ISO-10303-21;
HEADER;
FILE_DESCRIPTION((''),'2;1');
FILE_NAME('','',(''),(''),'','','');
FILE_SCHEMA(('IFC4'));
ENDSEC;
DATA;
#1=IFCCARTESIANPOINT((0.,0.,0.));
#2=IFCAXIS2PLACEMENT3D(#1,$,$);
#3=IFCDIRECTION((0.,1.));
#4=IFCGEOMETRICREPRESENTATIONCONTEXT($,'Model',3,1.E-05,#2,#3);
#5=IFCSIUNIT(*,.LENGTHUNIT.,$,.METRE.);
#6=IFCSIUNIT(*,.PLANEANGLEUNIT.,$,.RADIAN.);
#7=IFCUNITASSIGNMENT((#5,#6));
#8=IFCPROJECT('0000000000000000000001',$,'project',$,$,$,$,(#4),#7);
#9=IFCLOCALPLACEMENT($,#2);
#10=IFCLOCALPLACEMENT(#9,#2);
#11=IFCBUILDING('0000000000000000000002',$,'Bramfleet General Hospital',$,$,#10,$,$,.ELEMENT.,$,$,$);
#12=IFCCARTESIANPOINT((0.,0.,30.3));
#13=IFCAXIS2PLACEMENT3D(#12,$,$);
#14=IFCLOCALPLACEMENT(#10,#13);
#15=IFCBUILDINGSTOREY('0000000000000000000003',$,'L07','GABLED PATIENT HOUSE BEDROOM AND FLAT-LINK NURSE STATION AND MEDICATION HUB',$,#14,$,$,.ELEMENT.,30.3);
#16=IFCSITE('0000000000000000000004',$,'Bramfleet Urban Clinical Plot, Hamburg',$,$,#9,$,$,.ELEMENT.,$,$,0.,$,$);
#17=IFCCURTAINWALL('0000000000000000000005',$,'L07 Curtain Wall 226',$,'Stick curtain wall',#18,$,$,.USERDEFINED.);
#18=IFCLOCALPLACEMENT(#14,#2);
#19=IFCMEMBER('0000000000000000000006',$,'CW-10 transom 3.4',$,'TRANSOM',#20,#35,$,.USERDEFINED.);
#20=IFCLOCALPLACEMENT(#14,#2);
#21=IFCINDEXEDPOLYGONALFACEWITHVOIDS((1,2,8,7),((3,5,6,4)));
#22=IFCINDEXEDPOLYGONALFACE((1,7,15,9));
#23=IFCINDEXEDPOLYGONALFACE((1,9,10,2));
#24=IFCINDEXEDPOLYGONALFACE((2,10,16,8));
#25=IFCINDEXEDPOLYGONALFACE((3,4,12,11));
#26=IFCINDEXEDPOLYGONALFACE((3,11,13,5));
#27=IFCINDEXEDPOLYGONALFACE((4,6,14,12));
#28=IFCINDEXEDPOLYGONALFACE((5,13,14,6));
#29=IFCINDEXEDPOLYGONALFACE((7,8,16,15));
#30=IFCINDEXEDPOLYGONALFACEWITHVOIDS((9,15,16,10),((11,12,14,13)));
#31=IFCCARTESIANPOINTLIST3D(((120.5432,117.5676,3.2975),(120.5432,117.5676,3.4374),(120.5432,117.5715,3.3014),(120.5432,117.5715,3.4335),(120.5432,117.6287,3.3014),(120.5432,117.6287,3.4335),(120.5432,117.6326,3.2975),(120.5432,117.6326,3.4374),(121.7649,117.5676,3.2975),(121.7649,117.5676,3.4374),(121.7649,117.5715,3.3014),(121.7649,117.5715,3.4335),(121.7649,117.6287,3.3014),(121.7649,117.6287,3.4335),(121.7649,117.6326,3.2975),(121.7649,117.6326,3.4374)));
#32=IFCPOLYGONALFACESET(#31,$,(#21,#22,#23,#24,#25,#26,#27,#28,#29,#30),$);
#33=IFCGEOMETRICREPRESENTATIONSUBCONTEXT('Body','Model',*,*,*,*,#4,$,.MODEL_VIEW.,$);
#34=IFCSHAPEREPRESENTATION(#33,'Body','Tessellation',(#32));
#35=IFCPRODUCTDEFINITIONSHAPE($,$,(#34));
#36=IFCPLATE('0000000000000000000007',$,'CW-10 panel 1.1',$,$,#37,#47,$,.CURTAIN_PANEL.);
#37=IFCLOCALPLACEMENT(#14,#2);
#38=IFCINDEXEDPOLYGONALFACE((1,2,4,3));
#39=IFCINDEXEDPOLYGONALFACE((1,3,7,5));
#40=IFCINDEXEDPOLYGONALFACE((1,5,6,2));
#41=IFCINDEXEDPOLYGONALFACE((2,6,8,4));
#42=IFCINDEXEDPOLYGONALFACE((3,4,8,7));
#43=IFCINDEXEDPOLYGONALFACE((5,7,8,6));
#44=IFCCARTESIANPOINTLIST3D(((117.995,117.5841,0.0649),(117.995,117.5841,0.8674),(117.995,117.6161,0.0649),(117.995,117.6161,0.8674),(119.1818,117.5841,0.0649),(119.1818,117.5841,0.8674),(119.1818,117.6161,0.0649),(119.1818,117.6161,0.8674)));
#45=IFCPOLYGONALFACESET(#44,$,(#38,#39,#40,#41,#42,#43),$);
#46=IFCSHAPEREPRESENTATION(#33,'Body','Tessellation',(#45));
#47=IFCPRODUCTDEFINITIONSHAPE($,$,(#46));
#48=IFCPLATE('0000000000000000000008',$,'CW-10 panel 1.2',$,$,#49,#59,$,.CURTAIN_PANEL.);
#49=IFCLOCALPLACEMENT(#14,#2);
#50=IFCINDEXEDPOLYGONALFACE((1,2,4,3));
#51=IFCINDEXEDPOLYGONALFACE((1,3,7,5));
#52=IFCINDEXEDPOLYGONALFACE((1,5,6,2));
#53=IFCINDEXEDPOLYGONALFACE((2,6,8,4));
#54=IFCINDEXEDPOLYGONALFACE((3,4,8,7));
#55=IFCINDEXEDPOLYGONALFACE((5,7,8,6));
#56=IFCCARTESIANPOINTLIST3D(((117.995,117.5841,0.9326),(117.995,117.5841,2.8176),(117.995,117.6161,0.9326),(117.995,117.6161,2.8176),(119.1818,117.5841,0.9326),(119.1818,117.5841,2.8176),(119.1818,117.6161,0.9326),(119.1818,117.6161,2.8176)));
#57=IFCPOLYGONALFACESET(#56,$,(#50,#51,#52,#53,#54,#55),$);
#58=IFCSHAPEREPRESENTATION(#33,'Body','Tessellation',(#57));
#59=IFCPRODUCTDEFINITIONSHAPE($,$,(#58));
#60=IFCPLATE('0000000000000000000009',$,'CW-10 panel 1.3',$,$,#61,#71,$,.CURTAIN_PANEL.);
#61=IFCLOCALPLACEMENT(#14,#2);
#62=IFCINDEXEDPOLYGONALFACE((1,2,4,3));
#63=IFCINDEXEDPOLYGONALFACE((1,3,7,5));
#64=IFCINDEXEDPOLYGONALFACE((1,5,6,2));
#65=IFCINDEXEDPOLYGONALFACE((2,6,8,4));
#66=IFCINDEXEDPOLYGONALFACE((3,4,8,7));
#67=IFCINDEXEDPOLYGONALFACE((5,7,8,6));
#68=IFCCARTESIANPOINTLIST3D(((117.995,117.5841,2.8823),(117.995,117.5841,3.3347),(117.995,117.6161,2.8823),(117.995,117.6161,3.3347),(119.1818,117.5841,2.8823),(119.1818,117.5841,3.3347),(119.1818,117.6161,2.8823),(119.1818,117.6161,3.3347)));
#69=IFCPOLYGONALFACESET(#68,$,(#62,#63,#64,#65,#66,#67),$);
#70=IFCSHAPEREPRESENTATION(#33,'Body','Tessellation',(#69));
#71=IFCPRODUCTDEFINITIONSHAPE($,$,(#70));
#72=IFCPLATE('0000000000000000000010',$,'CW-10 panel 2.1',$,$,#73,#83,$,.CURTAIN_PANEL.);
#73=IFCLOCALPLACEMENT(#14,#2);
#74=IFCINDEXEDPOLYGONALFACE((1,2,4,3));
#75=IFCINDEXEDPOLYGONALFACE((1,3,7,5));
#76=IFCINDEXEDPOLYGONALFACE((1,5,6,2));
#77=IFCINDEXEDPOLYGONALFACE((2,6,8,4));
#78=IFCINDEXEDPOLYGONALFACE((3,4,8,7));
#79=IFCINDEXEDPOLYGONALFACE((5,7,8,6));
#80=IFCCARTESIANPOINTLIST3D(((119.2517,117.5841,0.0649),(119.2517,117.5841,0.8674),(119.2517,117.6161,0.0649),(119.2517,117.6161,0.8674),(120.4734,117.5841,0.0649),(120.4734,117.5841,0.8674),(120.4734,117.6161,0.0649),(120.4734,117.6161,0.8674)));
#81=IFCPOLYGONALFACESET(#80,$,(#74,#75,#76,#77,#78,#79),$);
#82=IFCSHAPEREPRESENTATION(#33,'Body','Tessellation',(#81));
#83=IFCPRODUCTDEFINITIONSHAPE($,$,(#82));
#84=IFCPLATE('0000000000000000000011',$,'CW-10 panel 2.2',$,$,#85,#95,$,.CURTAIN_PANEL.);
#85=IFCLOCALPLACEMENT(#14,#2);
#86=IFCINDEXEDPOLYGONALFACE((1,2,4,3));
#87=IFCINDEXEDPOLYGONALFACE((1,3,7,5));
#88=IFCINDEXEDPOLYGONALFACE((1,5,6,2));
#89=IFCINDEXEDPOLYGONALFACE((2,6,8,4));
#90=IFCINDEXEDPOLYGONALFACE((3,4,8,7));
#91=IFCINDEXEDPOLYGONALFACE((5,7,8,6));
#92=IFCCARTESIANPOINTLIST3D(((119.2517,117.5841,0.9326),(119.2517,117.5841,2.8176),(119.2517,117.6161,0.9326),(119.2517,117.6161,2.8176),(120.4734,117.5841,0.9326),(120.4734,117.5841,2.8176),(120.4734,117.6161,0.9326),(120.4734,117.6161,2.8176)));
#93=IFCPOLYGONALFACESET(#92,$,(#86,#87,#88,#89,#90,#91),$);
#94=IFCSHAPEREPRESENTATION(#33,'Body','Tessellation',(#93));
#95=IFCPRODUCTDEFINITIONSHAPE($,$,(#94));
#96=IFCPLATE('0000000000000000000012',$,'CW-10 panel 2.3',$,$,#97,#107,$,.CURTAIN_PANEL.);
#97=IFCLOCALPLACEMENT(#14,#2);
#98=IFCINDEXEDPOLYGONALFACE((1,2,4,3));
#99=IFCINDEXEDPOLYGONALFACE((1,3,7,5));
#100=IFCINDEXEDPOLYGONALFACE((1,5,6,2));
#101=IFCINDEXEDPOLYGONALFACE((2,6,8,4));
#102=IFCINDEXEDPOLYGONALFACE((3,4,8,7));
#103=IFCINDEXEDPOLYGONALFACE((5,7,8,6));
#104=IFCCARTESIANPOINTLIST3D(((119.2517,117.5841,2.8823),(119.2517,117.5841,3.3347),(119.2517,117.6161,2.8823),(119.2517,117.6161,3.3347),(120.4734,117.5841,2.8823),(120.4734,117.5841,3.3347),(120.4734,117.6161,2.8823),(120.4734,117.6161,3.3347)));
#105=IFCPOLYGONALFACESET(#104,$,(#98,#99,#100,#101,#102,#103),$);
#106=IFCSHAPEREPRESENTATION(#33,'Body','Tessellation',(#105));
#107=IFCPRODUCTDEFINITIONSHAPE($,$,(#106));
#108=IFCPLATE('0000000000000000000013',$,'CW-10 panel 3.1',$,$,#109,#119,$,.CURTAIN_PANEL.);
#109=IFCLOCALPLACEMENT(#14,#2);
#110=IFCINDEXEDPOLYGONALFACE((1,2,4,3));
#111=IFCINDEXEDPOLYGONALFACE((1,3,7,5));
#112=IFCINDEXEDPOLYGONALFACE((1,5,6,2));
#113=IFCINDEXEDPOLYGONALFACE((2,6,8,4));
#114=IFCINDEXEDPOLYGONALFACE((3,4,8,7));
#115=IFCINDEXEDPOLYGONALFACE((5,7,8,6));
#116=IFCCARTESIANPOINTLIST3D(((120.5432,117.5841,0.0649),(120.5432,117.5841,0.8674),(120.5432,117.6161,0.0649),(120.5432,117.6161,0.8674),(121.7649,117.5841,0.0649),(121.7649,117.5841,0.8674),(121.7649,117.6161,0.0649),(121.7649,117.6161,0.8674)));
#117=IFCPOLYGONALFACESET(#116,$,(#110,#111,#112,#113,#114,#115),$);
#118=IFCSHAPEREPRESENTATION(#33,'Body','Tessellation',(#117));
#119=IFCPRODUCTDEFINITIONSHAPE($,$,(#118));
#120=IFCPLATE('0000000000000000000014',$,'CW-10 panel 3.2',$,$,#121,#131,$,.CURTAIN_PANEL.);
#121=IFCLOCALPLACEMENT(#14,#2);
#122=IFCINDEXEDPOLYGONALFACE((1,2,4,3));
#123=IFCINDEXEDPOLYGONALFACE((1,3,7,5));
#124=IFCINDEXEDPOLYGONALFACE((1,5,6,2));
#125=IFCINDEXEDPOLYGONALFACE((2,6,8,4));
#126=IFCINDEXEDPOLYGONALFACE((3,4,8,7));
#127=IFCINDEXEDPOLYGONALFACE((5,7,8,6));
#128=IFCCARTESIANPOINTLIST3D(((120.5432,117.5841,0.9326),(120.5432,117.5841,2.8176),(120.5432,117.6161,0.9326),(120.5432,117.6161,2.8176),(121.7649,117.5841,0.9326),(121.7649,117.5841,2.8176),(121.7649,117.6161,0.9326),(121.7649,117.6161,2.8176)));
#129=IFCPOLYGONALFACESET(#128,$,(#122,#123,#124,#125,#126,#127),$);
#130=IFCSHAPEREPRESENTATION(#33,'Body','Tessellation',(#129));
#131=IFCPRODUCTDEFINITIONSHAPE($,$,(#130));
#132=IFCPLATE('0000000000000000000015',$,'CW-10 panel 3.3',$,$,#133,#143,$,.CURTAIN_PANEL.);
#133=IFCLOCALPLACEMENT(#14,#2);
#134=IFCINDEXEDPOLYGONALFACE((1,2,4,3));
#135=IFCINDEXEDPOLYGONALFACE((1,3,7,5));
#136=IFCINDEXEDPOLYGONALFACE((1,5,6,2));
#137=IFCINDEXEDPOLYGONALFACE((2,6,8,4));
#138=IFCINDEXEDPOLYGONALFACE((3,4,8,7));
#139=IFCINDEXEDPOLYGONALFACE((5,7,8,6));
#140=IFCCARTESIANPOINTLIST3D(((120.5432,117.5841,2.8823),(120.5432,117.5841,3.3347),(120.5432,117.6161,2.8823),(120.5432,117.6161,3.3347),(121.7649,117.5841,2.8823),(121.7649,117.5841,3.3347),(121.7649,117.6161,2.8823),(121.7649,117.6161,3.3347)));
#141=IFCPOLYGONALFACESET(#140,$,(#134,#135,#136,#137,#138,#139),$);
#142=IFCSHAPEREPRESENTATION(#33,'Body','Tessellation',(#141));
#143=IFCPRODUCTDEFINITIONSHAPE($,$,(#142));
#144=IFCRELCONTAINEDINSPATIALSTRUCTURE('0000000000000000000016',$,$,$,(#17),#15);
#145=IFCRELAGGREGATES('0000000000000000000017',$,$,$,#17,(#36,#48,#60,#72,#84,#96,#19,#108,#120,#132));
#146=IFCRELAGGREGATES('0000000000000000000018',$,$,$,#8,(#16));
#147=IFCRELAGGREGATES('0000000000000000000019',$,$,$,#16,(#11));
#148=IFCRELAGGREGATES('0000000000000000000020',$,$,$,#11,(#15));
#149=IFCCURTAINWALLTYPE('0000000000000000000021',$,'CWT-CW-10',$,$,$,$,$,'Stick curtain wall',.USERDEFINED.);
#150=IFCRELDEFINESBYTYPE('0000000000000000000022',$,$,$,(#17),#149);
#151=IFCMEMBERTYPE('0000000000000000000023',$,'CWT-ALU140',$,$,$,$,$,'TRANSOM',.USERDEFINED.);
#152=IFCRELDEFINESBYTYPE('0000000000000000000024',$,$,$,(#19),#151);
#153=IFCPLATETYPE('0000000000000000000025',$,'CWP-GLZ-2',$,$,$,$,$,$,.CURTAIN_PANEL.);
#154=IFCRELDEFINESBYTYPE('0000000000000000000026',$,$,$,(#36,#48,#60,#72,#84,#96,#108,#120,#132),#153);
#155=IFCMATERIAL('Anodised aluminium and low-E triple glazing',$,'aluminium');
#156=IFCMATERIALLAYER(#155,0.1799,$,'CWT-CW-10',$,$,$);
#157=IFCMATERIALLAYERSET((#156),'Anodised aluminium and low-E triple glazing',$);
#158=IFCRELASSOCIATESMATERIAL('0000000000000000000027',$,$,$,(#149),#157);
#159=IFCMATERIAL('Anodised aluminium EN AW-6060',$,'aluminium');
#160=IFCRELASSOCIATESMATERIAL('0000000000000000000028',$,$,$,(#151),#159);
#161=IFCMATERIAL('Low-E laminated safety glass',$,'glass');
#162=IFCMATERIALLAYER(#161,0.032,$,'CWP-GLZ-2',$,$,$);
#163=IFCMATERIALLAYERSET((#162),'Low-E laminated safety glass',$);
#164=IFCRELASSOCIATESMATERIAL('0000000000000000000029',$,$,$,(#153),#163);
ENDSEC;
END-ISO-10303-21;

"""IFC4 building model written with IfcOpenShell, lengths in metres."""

from ifc_helpers import new_model, si_unit, direction, frame, origin, origin_2d, place, context, subcontext, project, spatial, rectangle, hollow_rectangle, extrude, material, layer, layer_set, material_profile, profile_set, type_object, element, aggregate, save


model = new_model("IFC4")

# Units and contexts
model_context = context("Model", 3, precision=1e-05, world=origin(), true_north=direction((0.0, 1.0)))
body_context = subcontext(model_context, "Body", "Model", "MODEL_VIEW")
ifc_project = project(units=[si_unit("LENGTHUNIT", "METRE"), si_unit("PLANEANGLEUNIT", "RADIAN")], contexts=[model_context])

# Site, building, storey
site_placement = place(None, origin())
site = spatial("IfcSite", under=ifc_project, at=site_placement, Name="Bramfleet Urban Clinical Plot, Hamburg", CompositionType="ELEMENT", RefElevation=0.0)
building_placement = place(site_placement, origin())
building = spatial("IfcBuilding", under=site, at=building_placement, Name="Bramfleet General Hospital", CompositionType="ELEMENT")
storey_placement = place(building_placement, frame((0.0, 0.0, 30.3)))
storey = spatial("IfcBuildingStorey", under=building, at=storey_placement, Name="L07", Description="GABLED PATIENT HOUSE BEDROOM AND FLAT-LINK NURSE STATION AND MEDICATION HUB", CompositionType="ELEMENT", Elevation=30.3)

# Curtain wall, member, plates
ifc_material_1 = material(Name="Anodised aluminium and low-E triple glazing", Category="aluminium")
ifc_layer_1 = layer(ifc_material_1, 0.1799, Name="CWT-CW-10")
ifc_layer_set_1 = layer_set([ifc_layer_1], Name="Anodised aluminium and low-E triple glazing")
curtain_wall_type = type_object("IfcCurtainWallType", Name="CWT-CW-10", ElementType="Stick curtain wall", PredefinedType="USERDEFINED", material=ifc_layer_set_1)
curtain_wall_placement = place(storey_placement, origin())
curtain_wall = element("IfcCurtainWall", 1, at=curtain_wall_placement, inside=storey, type_object=curtain_wall_type, Name="L07 Curtain Wall 226", ObjectType="Stick curtain wall", PredefinedType="USERDEFINED")
ifc_material_2 = material(Name="Anodised aluminium EN AW-6060", Category="aluminium")
ifc_material_profile_1 = material_profile(ifc_material_2, hollow_rectangle(XDim=0.0649, YDim=0.1399, WallThickness=0.0039, at=origin_2d()), Name="ALU 140x65x4.0")
ifc_profile_set_1 = profile_set([ifc_material_profile_1], Name="Anodised aluminium EN AW-6060")
member_type_1 = type_object("IfcMemberType", Name="CWT-ALU140", ElementType="TRANSOM", PredefinedType="USERDEFINED", material=ifc_profile_set_1)
member_1_placement = place(storey_placement, frame((120.5432, 117.6001, 3.3674), z_axis=(1.0, 0.0, 0.0), x_axis=(0.0, 1.0, 0.0)))
member_1 = element("IfcMember", 2, at=member_1_placement, type_object=member_type_1, Name="CW-10 transom 3.4", ObjectType="TRANSOM", PredefinedType="USERDEFINED", context=body_context, shape_type="SweptSolid", body=[
    extrude(hollow_rectangle(XDim=0.0649, YDim=0.1399, WallThickness=0.0039, at=origin_2d()), origin(), (0.0, 0.0, 1.0), 1.2217),
])
ifc_material_3 = material(Name="Low-E laminated safety glass", Category="glass")
ifc_layer_2 = layer(ifc_material_3, 0.032, Name="CWP-GLZ-2")
ifc_layer_set_2 = layer_set([ifc_layer_2], Name="Low-E laminated safety glass")
plate_type = type_object("IfcPlateType", Name="CWP-GLZ-2", PredefinedType="CURTAIN_PANEL", material=ifc_layer_set_2)
plate_1_placement = place(storey_placement, frame((118.5884, 117.6001, 0.0649), z_axis=(0.0, 0.0, 1.0), x_axis=(1.0, 0.0, 0.0)))
plate_1 = element("IfcPlate", 3, at=plate_1_placement, type_object=plate_type, Name="CW-10 panel 1.1", PredefinedType="CURTAIN_PANEL", context=body_context, shape_type="SweptSolid", body=[
    extrude(rectangle(XDim=1.1868, YDim=0.032, at=origin_2d()), origin(), (0.0, 0.0, 1.0), 0.8025),
])
plate_2_placement = place(storey_placement, frame((118.5884, 117.6001, 0.9326), z_axis=(0.0, 0.0, 1.0), x_axis=(1.0, 0.0, 0.0)))
plate_2 = element("IfcPlate", 4, at=plate_2_placement, type_object=plate_type, Name="CW-10 panel 1.2", PredefinedType="CURTAIN_PANEL", context=body_context, shape_type="SweptSolid", body=[
    extrude(rectangle(XDim=1.1868, YDim=0.032, at=origin_2d()), origin(), (0.0, 0.0, 1.0), 1.885),
])
plate_3_placement = place(storey_placement, frame((118.5884, 117.6001, 2.8823), z_axis=(0.0, 0.0, 1.0), x_axis=(1.0, 0.0, 0.0)))
plate_3 = element("IfcPlate", 5, at=plate_3_placement, type_object=plate_type, Name="CW-10 panel 1.3", PredefinedType="CURTAIN_PANEL", context=body_context, shape_type="SweptSolid", body=[
    extrude(rectangle(XDim=1.1868, YDim=0.032, at=origin_2d()), origin(), (0.0, 0.0, 1.0), 0.4524),
])
plate_4_placement = place(storey_placement, frame((119.8625, 117.6001, 0.0649), z_axis=(0.0, 0.0, 1.0), x_axis=(1.0, 0.0, 0.0)))
plate_4 = element("IfcPlate", 6, at=plate_4_placement, type_object=plate_type, Name="CW-10 panel 2.1", PredefinedType="CURTAIN_PANEL", context=body_context, shape_type="SweptSolid", body=[
    extrude(rectangle(XDim=1.2217, YDim=0.032, at=origin_2d()), origin(), (0.0, 0.0, 1.0), 0.8025),
])
plate_5_placement = place(storey_placement, frame((119.8625, 117.6001, 0.9326), z_axis=(0.0, 0.0, 1.0), x_axis=(1.0, 0.0, 0.0)))
plate_5 = element("IfcPlate", 7, at=plate_5_placement, type_object=plate_type, Name="CW-10 panel 2.2", PredefinedType="CURTAIN_PANEL", context=body_context, shape_type="SweptSolid", body=[
    extrude(rectangle(XDim=1.2217, YDim=0.032, at=origin_2d()), origin(), (0.0, 0.0, 1.0), 1.885),
])
plate_6_placement = place(storey_placement, frame((119.8625, 117.6001, 2.8823), z_axis=(0.0, 0.0, 1.0), x_axis=(1.0, 0.0, 0.0)))
plate_6 = element("IfcPlate", 8, at=plate_6_placement, type_object=plate_type, Name="CW-10 panel 2.3", PredefinedType="CURTAIN_PANEL", context=body_context, shape_type="SweptSolid", body=[
    extrude(rectangle(XDim=1.2217, YDim=0.032, at=origin_2d()), origin(), (0.0, 0.0, 1.0), 0.4524),
])
plate_7_placement = place(storey_placement, frame((121.1541, 117.6001, 0.0649), z_axis=(0.0, 0.0, 1.0), x_axis=(1.0, 0.0, 0.0)))
plate_7 = element("IfcPlate", 9, at=plate_7_placement, type_object=plate_type, Name="CW-10 panel 3.1", PredefinedType="CURTAIN_PANEL", context=body_context, shape_type="SweptSolid", body=[
    extrude(rectangle(XDim=1.2217, YDim=0.032, at=origin_2d()), origin(), (0.0, 0.0, 1.0), 0.8025),
])
plate_8_placement = place(storey_placement, frame((121.1541, 117.6001, 0.9326), z_axis=(0.0, 0.0, 1.0), x_axis=(1.0, 0.0, 0.0)))
plate_8 = element("IfcPlate", 10, at=plate_8_placement, type_object=plate_type, Name="CW-10 panel 3.2", PredefinedType="CURTAIN_PANEL", context=body_context, shape_type="SweptSolid", body=[
    extrude(rectangle(XDim=1.2217, YDim=0.032, at=origin_2d()), origin(), (0.0, 0.0, 1.0), 1.885),
])
plate_9_placement = place(storey_placement, frame((121.1541, 117.6001, 2.8823), z_axis=(0.0, 0.0, 1.0), x_axis=(1.0, 0.0, 0.0)))
plate_9 = element("IfcPlate", 11, at=plate_9_placement, type_object=plate_type, Name="CW-10 panel 3.3", PredefinedType="CURTAIN_PANEL", context=body_context, shape_type="SweptSolid", body=[
    extrude(rectangle(XDim=1.2217, YDim=0.032, at=origin_2d()), origin(), (0.0, 0.0, 1.0), 0.4524),
])
aggregate(curtain_wall, [plate_1, plate_2, plate_3, plate_4, plate_5, plate_6, member_1, plate_7, plate_8, plate_9])

save(model, "model.ifc")
